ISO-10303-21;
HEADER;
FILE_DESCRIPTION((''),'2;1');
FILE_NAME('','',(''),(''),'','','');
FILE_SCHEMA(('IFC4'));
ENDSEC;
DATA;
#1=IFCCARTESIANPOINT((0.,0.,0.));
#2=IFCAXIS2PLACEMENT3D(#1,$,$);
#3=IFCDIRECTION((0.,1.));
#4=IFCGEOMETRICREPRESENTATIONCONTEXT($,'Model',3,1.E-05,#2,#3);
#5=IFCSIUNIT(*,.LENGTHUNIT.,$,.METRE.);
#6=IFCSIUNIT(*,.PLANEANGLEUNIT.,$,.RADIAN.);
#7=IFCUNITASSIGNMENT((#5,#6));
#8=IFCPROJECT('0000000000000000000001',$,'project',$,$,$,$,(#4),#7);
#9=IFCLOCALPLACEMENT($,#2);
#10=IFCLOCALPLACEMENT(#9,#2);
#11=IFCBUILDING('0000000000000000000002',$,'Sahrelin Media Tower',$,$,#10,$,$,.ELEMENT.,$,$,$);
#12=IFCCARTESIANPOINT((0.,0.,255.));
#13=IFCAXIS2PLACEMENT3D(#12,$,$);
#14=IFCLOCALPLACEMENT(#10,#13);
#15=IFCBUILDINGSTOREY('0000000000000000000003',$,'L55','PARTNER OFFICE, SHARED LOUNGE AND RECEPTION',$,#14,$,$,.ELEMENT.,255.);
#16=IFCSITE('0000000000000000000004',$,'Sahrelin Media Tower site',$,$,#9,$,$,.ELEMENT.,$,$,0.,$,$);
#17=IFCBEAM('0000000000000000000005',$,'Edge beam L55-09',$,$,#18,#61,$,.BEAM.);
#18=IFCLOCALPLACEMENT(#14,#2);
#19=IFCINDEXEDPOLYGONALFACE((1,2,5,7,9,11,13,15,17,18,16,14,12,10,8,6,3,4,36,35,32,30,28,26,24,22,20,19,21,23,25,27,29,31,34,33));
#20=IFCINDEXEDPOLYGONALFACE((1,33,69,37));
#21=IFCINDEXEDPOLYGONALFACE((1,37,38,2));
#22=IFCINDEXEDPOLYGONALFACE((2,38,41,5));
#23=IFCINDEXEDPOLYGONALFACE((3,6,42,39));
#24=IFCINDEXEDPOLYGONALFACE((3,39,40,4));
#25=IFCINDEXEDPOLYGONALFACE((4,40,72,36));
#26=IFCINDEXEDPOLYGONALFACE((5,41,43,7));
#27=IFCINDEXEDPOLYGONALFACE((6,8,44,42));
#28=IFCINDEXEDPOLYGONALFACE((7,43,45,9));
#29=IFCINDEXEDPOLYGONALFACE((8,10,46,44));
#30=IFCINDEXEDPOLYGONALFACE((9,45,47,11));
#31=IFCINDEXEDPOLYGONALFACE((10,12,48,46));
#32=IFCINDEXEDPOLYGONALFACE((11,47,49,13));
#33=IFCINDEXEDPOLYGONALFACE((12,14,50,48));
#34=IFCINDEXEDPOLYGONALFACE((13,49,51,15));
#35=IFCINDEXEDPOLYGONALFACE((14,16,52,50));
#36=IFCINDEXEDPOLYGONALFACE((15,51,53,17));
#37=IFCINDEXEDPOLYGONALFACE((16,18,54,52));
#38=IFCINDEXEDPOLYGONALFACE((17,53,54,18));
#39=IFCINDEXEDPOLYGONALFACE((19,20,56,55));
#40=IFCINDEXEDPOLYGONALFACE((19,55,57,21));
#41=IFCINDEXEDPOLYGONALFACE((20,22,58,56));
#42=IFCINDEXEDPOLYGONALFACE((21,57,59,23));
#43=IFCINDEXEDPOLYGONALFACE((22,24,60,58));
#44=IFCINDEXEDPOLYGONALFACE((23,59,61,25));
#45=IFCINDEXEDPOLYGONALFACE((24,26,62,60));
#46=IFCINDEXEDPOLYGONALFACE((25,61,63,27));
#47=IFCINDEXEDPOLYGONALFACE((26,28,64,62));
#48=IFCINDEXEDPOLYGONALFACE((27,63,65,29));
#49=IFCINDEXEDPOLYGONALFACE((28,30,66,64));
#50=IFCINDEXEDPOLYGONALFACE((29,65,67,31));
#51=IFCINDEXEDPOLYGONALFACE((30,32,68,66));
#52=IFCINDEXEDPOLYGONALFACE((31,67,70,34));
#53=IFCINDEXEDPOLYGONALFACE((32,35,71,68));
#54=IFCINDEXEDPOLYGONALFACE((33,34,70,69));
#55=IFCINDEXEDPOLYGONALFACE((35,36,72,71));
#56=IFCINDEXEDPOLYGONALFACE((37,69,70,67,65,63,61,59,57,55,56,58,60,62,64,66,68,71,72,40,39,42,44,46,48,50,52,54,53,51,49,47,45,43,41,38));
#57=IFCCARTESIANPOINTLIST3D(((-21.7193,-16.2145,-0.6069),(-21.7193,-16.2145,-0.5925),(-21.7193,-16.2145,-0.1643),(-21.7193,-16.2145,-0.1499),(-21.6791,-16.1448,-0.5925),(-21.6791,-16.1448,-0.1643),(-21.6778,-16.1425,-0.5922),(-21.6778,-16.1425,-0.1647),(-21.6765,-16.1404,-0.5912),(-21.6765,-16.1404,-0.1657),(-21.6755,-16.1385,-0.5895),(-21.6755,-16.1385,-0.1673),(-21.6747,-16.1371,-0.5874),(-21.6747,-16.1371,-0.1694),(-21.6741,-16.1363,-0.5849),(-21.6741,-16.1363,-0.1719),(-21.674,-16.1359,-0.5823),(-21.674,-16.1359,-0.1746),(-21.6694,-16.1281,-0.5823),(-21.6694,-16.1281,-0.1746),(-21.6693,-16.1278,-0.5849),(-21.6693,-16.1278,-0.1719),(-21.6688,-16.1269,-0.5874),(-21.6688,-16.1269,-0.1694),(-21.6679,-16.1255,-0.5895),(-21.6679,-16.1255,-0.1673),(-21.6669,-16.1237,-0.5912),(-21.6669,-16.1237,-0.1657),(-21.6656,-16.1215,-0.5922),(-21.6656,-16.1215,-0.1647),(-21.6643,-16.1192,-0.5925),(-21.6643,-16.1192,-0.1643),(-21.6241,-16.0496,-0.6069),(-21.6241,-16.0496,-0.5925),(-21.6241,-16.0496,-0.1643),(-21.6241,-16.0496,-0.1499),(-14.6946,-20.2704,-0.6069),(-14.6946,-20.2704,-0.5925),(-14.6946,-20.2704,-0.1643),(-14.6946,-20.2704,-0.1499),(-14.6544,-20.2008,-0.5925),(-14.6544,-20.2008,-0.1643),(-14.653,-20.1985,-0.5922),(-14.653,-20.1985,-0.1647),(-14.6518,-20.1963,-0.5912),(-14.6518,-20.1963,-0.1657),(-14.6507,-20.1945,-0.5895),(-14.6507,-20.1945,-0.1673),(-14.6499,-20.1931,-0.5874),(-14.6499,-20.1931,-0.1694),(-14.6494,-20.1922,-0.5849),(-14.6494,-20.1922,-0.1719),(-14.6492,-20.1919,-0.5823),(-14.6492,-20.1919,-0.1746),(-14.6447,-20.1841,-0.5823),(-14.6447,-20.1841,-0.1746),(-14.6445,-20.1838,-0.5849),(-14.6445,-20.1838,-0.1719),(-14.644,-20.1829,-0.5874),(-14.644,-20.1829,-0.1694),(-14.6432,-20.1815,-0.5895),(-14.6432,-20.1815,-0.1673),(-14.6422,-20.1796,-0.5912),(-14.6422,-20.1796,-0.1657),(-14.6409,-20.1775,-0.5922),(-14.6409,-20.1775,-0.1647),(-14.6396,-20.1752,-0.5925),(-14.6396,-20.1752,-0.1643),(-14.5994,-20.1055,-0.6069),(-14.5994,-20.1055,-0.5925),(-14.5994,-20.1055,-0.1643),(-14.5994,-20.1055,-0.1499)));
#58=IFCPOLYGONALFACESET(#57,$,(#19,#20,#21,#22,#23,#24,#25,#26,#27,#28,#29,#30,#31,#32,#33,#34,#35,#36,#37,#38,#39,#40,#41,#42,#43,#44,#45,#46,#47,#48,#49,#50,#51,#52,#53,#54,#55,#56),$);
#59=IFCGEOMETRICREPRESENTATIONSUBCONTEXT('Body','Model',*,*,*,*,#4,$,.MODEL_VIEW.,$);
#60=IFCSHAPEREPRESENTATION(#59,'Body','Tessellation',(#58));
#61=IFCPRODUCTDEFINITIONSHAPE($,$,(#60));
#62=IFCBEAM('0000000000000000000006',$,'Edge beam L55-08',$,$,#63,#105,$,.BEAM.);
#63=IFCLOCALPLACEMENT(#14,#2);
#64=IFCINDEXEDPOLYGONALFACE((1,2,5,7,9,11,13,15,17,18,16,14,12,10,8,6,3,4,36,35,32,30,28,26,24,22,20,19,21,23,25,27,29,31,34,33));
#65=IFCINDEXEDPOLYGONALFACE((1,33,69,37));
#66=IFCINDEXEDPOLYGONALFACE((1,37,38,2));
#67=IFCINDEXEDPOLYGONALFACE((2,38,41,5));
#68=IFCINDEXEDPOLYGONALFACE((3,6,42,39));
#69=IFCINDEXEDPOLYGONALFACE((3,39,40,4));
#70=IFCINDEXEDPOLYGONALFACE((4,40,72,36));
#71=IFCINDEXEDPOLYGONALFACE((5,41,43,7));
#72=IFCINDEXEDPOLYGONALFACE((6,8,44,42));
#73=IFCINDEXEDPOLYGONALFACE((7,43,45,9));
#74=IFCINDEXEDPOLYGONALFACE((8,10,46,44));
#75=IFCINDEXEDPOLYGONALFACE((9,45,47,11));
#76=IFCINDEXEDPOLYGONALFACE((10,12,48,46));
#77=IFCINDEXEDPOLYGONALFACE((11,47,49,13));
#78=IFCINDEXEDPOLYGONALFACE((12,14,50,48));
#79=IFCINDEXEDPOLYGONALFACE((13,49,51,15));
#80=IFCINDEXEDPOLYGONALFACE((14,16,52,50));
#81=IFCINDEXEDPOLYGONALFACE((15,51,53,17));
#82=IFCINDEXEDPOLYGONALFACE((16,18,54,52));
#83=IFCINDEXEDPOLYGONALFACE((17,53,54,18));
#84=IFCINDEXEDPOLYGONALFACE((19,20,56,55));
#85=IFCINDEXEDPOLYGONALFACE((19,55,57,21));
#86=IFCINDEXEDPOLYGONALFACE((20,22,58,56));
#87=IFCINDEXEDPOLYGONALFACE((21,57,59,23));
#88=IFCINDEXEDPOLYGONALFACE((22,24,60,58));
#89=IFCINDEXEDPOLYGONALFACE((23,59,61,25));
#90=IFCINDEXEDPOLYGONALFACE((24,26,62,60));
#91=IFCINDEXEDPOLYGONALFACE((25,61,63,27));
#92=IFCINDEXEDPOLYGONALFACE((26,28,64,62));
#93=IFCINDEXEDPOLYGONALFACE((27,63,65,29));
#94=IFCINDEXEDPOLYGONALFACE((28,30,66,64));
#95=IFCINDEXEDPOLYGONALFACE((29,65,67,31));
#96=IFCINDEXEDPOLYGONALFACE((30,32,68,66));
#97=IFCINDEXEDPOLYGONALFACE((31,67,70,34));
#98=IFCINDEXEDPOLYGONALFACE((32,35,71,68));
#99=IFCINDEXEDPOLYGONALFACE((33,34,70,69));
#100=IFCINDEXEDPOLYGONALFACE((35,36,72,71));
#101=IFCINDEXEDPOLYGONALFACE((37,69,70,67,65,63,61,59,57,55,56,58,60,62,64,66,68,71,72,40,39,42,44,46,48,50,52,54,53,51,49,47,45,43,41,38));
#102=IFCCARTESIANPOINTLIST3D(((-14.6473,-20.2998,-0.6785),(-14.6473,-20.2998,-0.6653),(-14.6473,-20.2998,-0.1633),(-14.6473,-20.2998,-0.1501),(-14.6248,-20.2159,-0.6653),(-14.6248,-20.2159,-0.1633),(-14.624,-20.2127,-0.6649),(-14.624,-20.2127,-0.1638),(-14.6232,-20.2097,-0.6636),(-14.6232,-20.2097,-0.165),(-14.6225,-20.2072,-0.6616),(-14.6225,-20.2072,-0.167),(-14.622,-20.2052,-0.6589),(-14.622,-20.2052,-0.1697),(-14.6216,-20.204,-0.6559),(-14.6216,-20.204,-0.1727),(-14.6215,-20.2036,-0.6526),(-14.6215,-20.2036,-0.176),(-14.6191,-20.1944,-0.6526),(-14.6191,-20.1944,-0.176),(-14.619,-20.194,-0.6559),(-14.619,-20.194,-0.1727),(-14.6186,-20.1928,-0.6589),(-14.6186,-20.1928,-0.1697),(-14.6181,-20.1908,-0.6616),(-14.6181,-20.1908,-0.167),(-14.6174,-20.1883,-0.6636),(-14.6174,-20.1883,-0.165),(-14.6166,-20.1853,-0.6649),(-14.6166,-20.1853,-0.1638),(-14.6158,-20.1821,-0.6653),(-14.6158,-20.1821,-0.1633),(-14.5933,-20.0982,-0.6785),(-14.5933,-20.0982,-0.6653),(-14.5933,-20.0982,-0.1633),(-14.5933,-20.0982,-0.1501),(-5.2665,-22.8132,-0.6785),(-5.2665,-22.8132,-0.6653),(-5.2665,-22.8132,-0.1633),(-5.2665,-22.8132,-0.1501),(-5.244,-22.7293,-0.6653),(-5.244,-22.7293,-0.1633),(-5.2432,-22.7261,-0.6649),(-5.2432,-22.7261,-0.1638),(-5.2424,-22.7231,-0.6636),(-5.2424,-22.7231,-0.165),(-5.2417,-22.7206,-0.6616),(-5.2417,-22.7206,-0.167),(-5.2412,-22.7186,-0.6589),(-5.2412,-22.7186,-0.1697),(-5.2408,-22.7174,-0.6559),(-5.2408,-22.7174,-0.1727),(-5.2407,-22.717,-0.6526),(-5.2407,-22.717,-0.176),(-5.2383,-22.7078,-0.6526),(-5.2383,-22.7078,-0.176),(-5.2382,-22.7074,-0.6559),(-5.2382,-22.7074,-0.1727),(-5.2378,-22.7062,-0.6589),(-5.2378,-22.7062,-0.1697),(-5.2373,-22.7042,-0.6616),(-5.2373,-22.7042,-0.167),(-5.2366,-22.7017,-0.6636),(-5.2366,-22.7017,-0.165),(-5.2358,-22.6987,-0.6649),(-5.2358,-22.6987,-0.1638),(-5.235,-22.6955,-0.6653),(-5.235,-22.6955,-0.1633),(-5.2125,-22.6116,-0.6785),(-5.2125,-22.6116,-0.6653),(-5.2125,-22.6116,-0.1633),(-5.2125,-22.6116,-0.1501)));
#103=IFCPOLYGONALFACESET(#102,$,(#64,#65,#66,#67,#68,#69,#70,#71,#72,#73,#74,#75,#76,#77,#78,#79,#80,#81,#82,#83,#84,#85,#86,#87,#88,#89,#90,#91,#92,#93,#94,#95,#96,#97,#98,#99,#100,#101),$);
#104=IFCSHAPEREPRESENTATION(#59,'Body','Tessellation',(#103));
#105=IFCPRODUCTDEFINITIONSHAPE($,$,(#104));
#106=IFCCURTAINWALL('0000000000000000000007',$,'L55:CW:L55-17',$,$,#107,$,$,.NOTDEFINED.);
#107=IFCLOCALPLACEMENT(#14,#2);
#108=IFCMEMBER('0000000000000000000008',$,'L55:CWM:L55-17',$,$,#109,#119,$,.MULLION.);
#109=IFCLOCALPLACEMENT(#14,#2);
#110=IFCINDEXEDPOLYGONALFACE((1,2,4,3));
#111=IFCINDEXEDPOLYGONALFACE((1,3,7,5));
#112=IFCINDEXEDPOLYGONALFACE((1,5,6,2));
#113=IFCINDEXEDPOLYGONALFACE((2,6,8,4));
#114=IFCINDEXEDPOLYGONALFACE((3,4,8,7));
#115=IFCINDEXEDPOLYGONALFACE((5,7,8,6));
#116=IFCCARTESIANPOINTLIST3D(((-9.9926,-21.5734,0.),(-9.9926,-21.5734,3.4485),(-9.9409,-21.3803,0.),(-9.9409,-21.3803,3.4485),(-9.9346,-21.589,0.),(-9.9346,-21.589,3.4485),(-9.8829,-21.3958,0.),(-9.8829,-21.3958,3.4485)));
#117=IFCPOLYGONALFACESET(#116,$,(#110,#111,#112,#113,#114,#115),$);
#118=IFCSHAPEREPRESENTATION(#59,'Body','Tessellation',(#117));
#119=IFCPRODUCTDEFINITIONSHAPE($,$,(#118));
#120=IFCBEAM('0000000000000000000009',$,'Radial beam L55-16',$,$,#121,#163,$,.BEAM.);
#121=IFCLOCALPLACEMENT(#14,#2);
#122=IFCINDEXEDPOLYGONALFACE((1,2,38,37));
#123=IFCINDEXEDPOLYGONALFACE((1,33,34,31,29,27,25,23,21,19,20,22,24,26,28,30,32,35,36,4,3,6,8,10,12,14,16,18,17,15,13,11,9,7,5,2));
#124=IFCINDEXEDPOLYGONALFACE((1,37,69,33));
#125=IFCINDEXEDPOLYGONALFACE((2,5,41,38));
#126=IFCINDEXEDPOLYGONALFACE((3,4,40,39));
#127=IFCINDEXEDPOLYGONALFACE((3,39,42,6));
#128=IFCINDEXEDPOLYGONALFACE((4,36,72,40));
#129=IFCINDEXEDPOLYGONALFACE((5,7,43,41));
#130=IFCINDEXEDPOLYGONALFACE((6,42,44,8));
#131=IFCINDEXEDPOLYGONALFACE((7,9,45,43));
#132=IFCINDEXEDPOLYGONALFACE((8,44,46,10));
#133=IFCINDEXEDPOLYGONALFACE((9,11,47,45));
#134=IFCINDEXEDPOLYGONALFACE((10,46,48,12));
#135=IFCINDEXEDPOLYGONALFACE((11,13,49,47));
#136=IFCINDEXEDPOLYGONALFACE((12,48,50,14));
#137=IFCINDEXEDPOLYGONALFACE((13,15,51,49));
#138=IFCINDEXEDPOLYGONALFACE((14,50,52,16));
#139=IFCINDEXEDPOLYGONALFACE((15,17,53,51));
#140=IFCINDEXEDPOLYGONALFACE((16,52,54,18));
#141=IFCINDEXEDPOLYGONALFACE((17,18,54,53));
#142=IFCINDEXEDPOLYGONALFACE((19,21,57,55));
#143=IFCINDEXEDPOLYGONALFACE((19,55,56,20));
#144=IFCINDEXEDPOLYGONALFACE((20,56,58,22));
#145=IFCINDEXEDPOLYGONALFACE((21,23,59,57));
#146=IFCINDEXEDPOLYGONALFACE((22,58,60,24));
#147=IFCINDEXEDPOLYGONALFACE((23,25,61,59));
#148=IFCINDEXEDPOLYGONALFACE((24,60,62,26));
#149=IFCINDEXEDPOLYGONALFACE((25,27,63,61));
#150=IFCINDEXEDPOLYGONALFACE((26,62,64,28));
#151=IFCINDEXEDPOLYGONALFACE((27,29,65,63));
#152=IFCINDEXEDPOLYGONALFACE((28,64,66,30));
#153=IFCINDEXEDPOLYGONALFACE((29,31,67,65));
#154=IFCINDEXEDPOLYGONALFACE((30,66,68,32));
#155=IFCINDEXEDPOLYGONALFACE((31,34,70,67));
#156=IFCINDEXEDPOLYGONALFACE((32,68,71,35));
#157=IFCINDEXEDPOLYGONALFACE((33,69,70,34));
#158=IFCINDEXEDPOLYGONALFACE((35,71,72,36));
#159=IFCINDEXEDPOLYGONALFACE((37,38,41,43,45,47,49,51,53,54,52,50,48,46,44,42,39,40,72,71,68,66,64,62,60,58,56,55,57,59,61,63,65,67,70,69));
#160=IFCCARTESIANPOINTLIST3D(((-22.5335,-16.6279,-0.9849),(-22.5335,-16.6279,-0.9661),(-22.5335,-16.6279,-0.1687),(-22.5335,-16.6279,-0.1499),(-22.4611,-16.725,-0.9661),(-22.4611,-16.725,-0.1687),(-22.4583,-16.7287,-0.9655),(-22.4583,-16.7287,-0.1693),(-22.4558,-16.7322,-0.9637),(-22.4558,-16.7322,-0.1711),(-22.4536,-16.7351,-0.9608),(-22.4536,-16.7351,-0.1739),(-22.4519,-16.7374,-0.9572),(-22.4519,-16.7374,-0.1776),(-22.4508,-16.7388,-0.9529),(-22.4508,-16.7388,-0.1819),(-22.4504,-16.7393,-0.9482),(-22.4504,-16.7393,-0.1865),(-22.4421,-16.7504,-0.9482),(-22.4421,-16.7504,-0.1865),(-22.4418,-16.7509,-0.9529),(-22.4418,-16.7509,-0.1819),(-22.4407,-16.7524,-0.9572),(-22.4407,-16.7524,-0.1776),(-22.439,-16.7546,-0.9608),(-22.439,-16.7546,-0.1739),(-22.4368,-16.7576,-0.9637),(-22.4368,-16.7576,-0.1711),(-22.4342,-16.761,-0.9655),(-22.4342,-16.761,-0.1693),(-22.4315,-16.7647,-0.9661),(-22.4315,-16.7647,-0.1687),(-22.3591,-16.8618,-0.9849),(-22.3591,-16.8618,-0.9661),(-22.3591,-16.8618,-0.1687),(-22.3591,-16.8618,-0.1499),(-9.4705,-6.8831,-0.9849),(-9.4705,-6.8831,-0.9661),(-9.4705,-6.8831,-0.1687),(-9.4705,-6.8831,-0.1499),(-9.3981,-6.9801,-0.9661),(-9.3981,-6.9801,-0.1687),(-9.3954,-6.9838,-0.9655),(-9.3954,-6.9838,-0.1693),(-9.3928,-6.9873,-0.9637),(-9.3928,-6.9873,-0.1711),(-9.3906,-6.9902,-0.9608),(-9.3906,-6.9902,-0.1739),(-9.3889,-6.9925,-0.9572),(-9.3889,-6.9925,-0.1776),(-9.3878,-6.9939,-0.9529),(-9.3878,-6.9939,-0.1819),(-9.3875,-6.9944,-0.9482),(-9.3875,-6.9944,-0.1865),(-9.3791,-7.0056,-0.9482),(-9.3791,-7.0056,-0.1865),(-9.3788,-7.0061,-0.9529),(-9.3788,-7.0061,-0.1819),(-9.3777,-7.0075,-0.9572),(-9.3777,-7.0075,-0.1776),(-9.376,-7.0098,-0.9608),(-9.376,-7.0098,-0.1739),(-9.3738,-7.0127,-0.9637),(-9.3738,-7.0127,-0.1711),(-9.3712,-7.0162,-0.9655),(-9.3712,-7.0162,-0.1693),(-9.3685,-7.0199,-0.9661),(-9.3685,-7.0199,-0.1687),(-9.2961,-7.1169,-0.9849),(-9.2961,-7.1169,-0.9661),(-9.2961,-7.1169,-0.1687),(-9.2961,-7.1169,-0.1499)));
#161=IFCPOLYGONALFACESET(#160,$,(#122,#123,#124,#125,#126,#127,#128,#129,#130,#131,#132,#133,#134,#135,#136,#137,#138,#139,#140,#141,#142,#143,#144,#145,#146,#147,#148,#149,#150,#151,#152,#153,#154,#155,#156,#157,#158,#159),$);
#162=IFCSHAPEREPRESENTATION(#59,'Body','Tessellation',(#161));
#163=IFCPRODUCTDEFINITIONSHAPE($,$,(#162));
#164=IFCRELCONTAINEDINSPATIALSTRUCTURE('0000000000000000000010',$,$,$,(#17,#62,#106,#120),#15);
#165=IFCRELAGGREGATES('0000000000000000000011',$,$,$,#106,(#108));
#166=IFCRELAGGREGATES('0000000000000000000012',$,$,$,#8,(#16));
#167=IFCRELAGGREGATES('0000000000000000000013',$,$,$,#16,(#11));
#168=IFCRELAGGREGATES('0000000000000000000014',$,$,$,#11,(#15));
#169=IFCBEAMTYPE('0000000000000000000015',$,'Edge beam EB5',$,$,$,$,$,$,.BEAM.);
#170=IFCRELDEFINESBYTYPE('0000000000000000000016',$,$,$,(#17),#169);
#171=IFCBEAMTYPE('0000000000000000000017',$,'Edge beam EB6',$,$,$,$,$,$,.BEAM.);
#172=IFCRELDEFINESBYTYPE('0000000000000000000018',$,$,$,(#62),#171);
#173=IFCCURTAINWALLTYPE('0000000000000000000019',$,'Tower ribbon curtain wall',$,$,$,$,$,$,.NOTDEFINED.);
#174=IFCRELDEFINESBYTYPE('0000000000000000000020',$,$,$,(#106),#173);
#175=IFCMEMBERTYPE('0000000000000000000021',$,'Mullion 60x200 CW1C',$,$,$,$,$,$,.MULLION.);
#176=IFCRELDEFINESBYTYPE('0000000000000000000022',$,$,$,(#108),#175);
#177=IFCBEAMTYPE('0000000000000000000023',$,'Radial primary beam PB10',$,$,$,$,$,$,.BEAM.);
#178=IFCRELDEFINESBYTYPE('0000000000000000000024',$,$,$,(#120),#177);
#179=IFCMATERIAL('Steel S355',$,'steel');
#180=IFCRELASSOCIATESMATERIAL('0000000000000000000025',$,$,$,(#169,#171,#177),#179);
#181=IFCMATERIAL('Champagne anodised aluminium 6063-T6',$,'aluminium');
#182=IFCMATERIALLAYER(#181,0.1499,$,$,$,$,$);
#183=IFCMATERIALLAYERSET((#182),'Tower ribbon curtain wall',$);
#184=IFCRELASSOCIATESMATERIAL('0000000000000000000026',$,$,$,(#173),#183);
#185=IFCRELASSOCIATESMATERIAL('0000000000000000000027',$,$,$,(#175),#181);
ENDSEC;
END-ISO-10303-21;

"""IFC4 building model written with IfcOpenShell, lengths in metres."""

from ifc_helpers import new_model, si_unit, direction, frame, origin, origin_2d, place, context, subcontext, project, spatial, rectangle, i_section, extrude, material, layer, layer_set, material_profile, profile_set, type_object, element, aggregate, save


model = new_model("IFC4")

# Units and contexts
model_context = context("Model", 3, precision=1e-05, world=origin(), true_north=direction((0.0, 1.0)))
body_context = subcontext(model_context, "Body", "Model", "MODEL_VIEW")
ifc_project = project(units=[si_unit("LENGTHUNIT", "METRE"), si_unit("PLANEANGLEUNIT", "RADIAN")], contexts=[model_context])

# Site, building, storey
site_placement = place(None, origin())
site = spatial("IfcSite", under=ifc_project, at=site_placement, Name="Sahrelin Media Tower site", CompositionType="ELEMENT", RefElevation=0.0)
building_placement = place(site_placement, origin())
building = spatial("IfcBuilding", under=site, at=building_placement, Name="Sahrelin Media Tower", CompositionType="ELEMENT")
storey_placement = place(building_placement, frame((0.0, 0.0, 255.0)))
storey = spatial("IfcBuildingStorey", under=building, at=storey_placement, Name="L55", Description="PARTNER OFFICE, SHARED LOUNGE AND RECEPTION", CompositionType="ELEMENT", Elevation=255.0)

# Beams
ifc_material_1 = material(Name="Steel S355", Category="steel")
ifc_material_profile_1 = material_profile(ifc_material_1, i_section(OverallWidth=0.1904, OverallDepth=0.457, WebThickness=0.009, FlangeThickness=0.0144, FilletRadius=0.0103, at=origin_2d()), Name="UB 457x191x74")
ifc_profile_set_1 = profile_set([ifc_material_profile_1], Name="Steel S355")
beam_type_1 = type_object("IfcBeamType", Name="Edge beam EB5", PredefinedType="BEAM", material=ifc_profile_set_1)
beam_1_placement = place(storey_placement, frame((-14.647, -20.188, -0.3784), z_axis=(-0.866014, 0.50002, 0.0), x_axis=(-0.50002, -0.866014, 0.0)))
element("IfcBeam", 1, at=beam_1_placement, inside=storey, type_object=beam_type_1, Name="Edge beam L55-09", PredefinedType="BEAM", context=body_context, shape_type="SweptSolid", body=[
    extrude(i_section(OverallWidth=0.1904, OverallDepth=0.457, WebThickness=0.009, FlangeThickness=0.0144, FilletRadius=0.0103, at=origin_2d()), origin(), (0.0, 0.0, 1.0), 8.1116),
])
ifc_material_profile_2 = material_profile(ifc_material_1, i_section(OverallWidth=0.2087, OverallDepth=0.5283, WebThickness=0.0095, FlangeThickness=0.0132, FilletRadius=0.0127, at=origin_2d()), Name="UB 533x210x82")
ifc_profile_set_2 = profile_set([ifc_material_profile_2], Name="Steel S355")
beam_type_2 = type_object("IfcBeamType", Name="Edge beam EB6", PredefinedType="BEAM", material=ifc_profile_set_2)
beam_2_placement = place(storey_placement, frame((-5.2395, -22.7124, -0.4143), z_axis=(-0.96593, 0.258803, 0.0), x_axis=(-0.258803, -0.96593, 0.0)))
element("IfcBeam", 2, at=beam_2_placement, inside=storey, type_object=beam_type_2, Name="Edge beam L55-08", PredefinedType="BEAM", context=body_context, shape_type="SweptSolid", body=[
    extrude(i_section(OverallWidth=0.2087, OverallDepth=0.5283, WebThickness=0.0095, FlangeThickness=0.0132, FilletRadius=0.0127, at=origin_2d()), origin(), (0.0, 0.0, 1.0), 9.7117),
])

# Curtain wall, member
ifc_material_2 = material(Name="Champagne anodised aluminium 6063-T6", Category="aluminium")
ifc_layer_1 = layer(ifc_material_2, 0.1499)
ifc_layer_set_1 = layer_set([ifc_layer_1], Name="Tower ribbon curtain wall")
curtain_wall_type = type_object("IfcCurtainWallType", Name="Tower ribbon curtain wall", PredefinedType="NOTDEFINED", material=ifc_layer_set_1)
curtain_wall_1_placement = place(storey_placement, frame((-9.9688, -21.6006, 0.0), z_axis=(0.0, 0.0, 1.0), x_axis=(1.0, 0.0, 0.0)))
curtain_wall_1 = element("IfcCurtainWall", 3, at=curtain_wall_1_placement, inside=storey, type_object=curtain_wall_type, Name="L55:CW:L55-17", PredefinedType="NOTDEFINED")
ifc_material_profile_3 = material_profile(ifc_material_2, rectangle(XDim=0.0601, YDim=0.2, at=origin_2d()), Name="Mullion 60x200")
ifc_profile_set_3 = profile_set([ifc_material_profile_3], Name="Champagne anodised aluminium 6063-T6")
member_type_1 = type_object("IfcMemberType", Name="Mullion 60x200 CW1C", PredefinedType="MULLION", material=ifc_profile_set_3)
member_1_placement = place(storey_placement, frame((-9.9377, -21.4846, 0.0), z_axis=(0.0, 0.0, 1.0), x_axis=(0.965927, -0.258816, 0.0)))
member_1 = element("IfcMember", 4, at=member_1_placement, type_object=member_type_1, Name="L55:CWM:L55-17", PredefinedType="MULLION", context=body_context, shape_type="SweptSolid", body=[
    extrude(rectangle(XDim=0.0601, YDim=0.2, at=origin_2d()), origin(), (0.0, 0.0, 1.0), 3.4485),
])

# Beam
ifc_material_profile_4 = material_profile(ifc_material_1, i_section(OverallWidth=0.2917, OverallDepth=0.835, WebThickness=0.0139, FlangeThickness=0.0188, FilletRadius=0.0178, at=origin_2d()), Name="UB 838x292x176")
ifc_profile_set_4 = profile_set([ifc_material_profile_4], Name="Steel S355")
beam_type_3 = type_object("IfcBeamType", Name="Radial primary beam PB10", PredefinedType="BEAM", material=ifc_profile_set_4)
beam_3_placement = place(storey_placement, frame((-9.3833, -7.0, -0.5674), z_axis=(-0.80154, -0.597942, 0.0), x_axis=(0.597942, -0.80154, 0.0)))
element("IfcBeam", 5, at=beam_3_placement, inside=storey, type_object=beam_type_3, Name="Radial beam L55-16", PredefinedType="BEAM", context=body_context, shape_type="SweptSolid", body=[
    extrude(i_section(OverallWidth=0.2917, OverallDepth=0.835, WebThickness=0.0139, FlangeThickness=0.0188, FilletRadius=0.0178, at=origin_2d()), origin(), (0.0, 0.0, 1.0), 16.2974),
])

aggregate(curtain_wall_1, [member_1])

save(model, "model.ifc")
